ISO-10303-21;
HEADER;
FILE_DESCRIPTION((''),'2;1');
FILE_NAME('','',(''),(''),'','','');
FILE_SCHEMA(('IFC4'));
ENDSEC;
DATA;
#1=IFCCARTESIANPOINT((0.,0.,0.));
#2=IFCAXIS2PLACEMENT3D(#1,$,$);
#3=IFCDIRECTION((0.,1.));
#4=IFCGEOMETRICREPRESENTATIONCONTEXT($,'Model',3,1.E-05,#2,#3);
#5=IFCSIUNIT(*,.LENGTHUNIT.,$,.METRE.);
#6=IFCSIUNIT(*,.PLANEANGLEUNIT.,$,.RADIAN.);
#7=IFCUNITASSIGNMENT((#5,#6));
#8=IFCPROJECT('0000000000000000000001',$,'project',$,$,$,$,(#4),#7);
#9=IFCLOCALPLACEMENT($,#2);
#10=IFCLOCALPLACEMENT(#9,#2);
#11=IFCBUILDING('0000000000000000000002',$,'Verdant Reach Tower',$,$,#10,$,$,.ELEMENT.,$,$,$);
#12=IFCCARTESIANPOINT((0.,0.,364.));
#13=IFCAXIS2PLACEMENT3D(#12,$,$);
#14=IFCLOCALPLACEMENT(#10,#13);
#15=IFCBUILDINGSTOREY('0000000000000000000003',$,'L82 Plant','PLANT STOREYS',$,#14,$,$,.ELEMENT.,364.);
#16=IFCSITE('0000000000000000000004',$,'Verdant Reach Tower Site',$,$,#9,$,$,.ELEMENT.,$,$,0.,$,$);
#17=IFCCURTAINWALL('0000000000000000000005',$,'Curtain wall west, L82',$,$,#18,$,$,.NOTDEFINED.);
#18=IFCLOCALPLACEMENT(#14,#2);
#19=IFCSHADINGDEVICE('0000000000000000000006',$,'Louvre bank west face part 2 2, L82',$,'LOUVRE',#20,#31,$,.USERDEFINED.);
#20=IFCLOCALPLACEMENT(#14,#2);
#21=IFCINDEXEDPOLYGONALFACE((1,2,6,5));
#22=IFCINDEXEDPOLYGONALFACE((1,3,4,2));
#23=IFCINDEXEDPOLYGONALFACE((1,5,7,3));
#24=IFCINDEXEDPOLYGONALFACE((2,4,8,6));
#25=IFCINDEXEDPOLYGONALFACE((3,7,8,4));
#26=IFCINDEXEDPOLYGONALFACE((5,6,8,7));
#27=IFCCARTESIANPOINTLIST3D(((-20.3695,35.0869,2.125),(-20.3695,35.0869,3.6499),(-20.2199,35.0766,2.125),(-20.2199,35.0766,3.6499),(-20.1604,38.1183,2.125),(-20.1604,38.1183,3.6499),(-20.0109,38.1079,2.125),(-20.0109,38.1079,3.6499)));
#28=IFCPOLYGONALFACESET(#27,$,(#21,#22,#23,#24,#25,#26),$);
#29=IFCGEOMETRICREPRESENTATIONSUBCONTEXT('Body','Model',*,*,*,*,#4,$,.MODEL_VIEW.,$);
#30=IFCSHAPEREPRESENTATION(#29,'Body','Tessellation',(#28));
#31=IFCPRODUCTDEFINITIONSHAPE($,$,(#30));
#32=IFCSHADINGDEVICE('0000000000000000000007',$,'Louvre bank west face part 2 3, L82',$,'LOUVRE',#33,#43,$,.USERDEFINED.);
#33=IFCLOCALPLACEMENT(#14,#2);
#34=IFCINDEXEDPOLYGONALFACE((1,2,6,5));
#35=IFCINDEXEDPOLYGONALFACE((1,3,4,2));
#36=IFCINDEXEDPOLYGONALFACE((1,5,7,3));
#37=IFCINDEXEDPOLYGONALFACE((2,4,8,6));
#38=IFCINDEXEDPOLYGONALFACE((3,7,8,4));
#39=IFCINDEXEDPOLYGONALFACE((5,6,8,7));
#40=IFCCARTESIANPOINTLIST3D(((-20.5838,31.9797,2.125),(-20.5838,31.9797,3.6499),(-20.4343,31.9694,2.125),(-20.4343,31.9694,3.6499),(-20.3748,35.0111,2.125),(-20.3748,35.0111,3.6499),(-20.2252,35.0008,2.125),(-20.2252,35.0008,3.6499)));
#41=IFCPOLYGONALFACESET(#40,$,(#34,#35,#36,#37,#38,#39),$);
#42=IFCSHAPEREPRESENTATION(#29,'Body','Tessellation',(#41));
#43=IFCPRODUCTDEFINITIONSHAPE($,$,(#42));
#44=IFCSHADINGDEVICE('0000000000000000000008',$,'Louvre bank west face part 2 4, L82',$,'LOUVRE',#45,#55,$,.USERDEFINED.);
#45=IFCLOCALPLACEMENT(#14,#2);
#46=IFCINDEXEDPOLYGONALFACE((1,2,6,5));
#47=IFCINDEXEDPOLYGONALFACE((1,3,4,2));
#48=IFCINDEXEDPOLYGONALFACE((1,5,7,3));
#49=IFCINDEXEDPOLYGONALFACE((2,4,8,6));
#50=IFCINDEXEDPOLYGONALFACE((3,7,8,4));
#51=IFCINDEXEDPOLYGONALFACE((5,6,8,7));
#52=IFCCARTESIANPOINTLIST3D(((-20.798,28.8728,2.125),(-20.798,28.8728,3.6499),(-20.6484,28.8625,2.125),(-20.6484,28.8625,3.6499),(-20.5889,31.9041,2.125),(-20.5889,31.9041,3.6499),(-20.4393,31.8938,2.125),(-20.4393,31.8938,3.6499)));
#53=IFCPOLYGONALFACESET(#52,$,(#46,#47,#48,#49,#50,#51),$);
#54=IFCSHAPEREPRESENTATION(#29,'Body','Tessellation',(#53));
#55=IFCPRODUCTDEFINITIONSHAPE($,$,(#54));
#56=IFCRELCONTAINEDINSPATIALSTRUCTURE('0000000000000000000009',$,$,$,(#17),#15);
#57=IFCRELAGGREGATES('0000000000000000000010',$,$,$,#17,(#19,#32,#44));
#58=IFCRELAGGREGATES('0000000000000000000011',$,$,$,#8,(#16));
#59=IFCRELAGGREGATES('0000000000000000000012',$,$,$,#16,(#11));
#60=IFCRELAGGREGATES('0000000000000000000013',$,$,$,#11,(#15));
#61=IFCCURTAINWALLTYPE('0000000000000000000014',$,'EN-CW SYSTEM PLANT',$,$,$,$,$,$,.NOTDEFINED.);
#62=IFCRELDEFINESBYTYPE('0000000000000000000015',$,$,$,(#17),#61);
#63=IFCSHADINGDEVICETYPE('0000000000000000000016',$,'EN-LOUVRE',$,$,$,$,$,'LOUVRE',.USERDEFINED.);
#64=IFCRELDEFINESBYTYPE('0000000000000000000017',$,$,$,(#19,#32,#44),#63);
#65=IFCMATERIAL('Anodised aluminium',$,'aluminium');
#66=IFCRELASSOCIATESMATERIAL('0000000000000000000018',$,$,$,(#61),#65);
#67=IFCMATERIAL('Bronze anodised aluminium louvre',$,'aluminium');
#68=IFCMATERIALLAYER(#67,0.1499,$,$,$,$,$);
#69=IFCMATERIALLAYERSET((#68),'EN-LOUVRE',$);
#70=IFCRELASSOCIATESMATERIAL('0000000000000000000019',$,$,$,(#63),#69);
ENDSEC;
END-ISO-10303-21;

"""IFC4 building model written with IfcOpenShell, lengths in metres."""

from ifc_helpers import new_model, si_unit, direction, frame, origin, origin_2d, place, context, subcontext, project, spatial, rectangle, extrude, material, layer, layer_set, type_object, element, aggregate, save


model = new_model("IFC4")

# Units and contexts
model_context = context("Model", 3, precision=1e-05, world=origin(), true_north=direction((0.0, 1.0)))
body_context = subcontext(model_context, "Body", "Model", "MODEL_VIEW")
ifc_project = project(units=[si_unit("LENGTHUNIT", "METRE"), si_unit("PLANEANGLEUNIT", "RADIAN")], contexts=[model_context])

# Site, building, storey
site_placement = place(None, origin())
site = spatial("IfcSite", under=ifc_project, at=site_placement, Name="Verdant Reach Tower Site", CompositionType="ELEMENT", RefElevation=0.0)
building_placement = place(site_placement, origin())
building = spatial("IfcBuilding", under=site, at=building_placement, Name="Verdant Reach Tower", CompositionType="ELEMENT")
storey_placement = place(building_placement, frame((0.0, 0.0, 364.0)))
storey = spatial("IfcBuildingStorey", under=building, at=storey_placement, Name="L82 Plant", Description="PLANT STOREYS", CompositionType="ELEMENT", Elevation=364.0)

# Curtain wall
ifc_material_1 = material(Name="Anodised aluminium", Category="aluminium")
curtain_wall_type = type_object("IfcCurtainWallType", Name="EN-CW SYSTEM PLANT", PredefinedType="NOTDEFINED", material=ifc_material_1)
curtain_wall_placement = place(storey_placement, origin())
curtain_wall = element("IfcCurtainWall", 1, at=curtain_wall_placement, inside=storey, type_object=curtain_wall_type, Name="Curtain wall west, L82", PredefinedType="NOTDEFINED")

# Shading devices
ifc_material_2 = material(Name="Bronze anodised aluminium louvre", Category="aluminium")
ifc_layer_1 = layer(ifc_material_2, 0.1499)
ifc_layer_set_1 = layer_set([ifc_layer_1], Name="EN-LOUVRE")
shading_device_type = type_object("IfcShadingDeviceType", Name="EN-LOUVRE", ElementType="LOUVRE", PredefinedType="USERDEFINED", material=ifc_layer_set_1)
shading_device_1_placement = place(storey_placement, frame((-20.1902, 36.5974, 2.125), z_axis=(0.0, 0.0, 1.0), x_axis=(-0.068802, -0.99763, 0.0)))
shading_device_1 = element("IfcShadingDevice", 2, at=shading_device_1_placement, type_object=shading_device_type, Name="Louvre bank west face part 2 2, L82", ObjectType="LOUVRE", PredefinedType="USERDEFINED", context=body_context, shape_type="SweptSolid", body=[
    extrude(rectangle(XDim=3.0386, YDim=0.1499, at=origin_2d()), origin(), (0.0, 0.0, 1.0), 1.5249),
])
shading_device_2_placement = place(storey_placement, frame((-20.4045, 33.4902, 2.125), z_axis=(0.0, 0.0, 1.0), x_axis=(-0.068802, -0.99763, 0.0)))
shading_device_2 = element("IfcShadingDevice", 3, at=shading_device_2_placement, type_object=shading_device_type, Name="Louvre bank west face part 2 3, L82", ObjectType="LOUVRE", PredefinedType="USERDEFINED", context=body_context, shape_type="SweptSolid", body=[
    extrude(rectangle(XDim=3.0386, YDim=0.1499, at=origin_2d()), origin(), (0.0, 0.0, 1.0), 1.5249),
])
shading_device_3_placement = place(storey_placement, frame((-20.6187, 30.3833, 2.125), z_axis=(0.0, 0.0, 1.0), x_axis=(-0.068802, -0.99763, 0.0)))
shading_device_3 = element("IfcShadingDevice", 4, at=shading_device_3_placement, type_object=shading_device_type, Name="Louvre bank west face part 2 4, L82", ObjectType="LOUVRE", PredefinedType="USERDEFINED", context=body_context, shape_type="SweptSolid", body=[
    extrude(rectangle(XDim=3.0386, YDim=0.1499, at=origin_2d()), origin(), (0.0, 0.0, 1.0), 1.5249),
])
aggregate(curtain_wall, [shading_device_1, shading_device_2, shading_device_3])

save(model, "model.ifc")
